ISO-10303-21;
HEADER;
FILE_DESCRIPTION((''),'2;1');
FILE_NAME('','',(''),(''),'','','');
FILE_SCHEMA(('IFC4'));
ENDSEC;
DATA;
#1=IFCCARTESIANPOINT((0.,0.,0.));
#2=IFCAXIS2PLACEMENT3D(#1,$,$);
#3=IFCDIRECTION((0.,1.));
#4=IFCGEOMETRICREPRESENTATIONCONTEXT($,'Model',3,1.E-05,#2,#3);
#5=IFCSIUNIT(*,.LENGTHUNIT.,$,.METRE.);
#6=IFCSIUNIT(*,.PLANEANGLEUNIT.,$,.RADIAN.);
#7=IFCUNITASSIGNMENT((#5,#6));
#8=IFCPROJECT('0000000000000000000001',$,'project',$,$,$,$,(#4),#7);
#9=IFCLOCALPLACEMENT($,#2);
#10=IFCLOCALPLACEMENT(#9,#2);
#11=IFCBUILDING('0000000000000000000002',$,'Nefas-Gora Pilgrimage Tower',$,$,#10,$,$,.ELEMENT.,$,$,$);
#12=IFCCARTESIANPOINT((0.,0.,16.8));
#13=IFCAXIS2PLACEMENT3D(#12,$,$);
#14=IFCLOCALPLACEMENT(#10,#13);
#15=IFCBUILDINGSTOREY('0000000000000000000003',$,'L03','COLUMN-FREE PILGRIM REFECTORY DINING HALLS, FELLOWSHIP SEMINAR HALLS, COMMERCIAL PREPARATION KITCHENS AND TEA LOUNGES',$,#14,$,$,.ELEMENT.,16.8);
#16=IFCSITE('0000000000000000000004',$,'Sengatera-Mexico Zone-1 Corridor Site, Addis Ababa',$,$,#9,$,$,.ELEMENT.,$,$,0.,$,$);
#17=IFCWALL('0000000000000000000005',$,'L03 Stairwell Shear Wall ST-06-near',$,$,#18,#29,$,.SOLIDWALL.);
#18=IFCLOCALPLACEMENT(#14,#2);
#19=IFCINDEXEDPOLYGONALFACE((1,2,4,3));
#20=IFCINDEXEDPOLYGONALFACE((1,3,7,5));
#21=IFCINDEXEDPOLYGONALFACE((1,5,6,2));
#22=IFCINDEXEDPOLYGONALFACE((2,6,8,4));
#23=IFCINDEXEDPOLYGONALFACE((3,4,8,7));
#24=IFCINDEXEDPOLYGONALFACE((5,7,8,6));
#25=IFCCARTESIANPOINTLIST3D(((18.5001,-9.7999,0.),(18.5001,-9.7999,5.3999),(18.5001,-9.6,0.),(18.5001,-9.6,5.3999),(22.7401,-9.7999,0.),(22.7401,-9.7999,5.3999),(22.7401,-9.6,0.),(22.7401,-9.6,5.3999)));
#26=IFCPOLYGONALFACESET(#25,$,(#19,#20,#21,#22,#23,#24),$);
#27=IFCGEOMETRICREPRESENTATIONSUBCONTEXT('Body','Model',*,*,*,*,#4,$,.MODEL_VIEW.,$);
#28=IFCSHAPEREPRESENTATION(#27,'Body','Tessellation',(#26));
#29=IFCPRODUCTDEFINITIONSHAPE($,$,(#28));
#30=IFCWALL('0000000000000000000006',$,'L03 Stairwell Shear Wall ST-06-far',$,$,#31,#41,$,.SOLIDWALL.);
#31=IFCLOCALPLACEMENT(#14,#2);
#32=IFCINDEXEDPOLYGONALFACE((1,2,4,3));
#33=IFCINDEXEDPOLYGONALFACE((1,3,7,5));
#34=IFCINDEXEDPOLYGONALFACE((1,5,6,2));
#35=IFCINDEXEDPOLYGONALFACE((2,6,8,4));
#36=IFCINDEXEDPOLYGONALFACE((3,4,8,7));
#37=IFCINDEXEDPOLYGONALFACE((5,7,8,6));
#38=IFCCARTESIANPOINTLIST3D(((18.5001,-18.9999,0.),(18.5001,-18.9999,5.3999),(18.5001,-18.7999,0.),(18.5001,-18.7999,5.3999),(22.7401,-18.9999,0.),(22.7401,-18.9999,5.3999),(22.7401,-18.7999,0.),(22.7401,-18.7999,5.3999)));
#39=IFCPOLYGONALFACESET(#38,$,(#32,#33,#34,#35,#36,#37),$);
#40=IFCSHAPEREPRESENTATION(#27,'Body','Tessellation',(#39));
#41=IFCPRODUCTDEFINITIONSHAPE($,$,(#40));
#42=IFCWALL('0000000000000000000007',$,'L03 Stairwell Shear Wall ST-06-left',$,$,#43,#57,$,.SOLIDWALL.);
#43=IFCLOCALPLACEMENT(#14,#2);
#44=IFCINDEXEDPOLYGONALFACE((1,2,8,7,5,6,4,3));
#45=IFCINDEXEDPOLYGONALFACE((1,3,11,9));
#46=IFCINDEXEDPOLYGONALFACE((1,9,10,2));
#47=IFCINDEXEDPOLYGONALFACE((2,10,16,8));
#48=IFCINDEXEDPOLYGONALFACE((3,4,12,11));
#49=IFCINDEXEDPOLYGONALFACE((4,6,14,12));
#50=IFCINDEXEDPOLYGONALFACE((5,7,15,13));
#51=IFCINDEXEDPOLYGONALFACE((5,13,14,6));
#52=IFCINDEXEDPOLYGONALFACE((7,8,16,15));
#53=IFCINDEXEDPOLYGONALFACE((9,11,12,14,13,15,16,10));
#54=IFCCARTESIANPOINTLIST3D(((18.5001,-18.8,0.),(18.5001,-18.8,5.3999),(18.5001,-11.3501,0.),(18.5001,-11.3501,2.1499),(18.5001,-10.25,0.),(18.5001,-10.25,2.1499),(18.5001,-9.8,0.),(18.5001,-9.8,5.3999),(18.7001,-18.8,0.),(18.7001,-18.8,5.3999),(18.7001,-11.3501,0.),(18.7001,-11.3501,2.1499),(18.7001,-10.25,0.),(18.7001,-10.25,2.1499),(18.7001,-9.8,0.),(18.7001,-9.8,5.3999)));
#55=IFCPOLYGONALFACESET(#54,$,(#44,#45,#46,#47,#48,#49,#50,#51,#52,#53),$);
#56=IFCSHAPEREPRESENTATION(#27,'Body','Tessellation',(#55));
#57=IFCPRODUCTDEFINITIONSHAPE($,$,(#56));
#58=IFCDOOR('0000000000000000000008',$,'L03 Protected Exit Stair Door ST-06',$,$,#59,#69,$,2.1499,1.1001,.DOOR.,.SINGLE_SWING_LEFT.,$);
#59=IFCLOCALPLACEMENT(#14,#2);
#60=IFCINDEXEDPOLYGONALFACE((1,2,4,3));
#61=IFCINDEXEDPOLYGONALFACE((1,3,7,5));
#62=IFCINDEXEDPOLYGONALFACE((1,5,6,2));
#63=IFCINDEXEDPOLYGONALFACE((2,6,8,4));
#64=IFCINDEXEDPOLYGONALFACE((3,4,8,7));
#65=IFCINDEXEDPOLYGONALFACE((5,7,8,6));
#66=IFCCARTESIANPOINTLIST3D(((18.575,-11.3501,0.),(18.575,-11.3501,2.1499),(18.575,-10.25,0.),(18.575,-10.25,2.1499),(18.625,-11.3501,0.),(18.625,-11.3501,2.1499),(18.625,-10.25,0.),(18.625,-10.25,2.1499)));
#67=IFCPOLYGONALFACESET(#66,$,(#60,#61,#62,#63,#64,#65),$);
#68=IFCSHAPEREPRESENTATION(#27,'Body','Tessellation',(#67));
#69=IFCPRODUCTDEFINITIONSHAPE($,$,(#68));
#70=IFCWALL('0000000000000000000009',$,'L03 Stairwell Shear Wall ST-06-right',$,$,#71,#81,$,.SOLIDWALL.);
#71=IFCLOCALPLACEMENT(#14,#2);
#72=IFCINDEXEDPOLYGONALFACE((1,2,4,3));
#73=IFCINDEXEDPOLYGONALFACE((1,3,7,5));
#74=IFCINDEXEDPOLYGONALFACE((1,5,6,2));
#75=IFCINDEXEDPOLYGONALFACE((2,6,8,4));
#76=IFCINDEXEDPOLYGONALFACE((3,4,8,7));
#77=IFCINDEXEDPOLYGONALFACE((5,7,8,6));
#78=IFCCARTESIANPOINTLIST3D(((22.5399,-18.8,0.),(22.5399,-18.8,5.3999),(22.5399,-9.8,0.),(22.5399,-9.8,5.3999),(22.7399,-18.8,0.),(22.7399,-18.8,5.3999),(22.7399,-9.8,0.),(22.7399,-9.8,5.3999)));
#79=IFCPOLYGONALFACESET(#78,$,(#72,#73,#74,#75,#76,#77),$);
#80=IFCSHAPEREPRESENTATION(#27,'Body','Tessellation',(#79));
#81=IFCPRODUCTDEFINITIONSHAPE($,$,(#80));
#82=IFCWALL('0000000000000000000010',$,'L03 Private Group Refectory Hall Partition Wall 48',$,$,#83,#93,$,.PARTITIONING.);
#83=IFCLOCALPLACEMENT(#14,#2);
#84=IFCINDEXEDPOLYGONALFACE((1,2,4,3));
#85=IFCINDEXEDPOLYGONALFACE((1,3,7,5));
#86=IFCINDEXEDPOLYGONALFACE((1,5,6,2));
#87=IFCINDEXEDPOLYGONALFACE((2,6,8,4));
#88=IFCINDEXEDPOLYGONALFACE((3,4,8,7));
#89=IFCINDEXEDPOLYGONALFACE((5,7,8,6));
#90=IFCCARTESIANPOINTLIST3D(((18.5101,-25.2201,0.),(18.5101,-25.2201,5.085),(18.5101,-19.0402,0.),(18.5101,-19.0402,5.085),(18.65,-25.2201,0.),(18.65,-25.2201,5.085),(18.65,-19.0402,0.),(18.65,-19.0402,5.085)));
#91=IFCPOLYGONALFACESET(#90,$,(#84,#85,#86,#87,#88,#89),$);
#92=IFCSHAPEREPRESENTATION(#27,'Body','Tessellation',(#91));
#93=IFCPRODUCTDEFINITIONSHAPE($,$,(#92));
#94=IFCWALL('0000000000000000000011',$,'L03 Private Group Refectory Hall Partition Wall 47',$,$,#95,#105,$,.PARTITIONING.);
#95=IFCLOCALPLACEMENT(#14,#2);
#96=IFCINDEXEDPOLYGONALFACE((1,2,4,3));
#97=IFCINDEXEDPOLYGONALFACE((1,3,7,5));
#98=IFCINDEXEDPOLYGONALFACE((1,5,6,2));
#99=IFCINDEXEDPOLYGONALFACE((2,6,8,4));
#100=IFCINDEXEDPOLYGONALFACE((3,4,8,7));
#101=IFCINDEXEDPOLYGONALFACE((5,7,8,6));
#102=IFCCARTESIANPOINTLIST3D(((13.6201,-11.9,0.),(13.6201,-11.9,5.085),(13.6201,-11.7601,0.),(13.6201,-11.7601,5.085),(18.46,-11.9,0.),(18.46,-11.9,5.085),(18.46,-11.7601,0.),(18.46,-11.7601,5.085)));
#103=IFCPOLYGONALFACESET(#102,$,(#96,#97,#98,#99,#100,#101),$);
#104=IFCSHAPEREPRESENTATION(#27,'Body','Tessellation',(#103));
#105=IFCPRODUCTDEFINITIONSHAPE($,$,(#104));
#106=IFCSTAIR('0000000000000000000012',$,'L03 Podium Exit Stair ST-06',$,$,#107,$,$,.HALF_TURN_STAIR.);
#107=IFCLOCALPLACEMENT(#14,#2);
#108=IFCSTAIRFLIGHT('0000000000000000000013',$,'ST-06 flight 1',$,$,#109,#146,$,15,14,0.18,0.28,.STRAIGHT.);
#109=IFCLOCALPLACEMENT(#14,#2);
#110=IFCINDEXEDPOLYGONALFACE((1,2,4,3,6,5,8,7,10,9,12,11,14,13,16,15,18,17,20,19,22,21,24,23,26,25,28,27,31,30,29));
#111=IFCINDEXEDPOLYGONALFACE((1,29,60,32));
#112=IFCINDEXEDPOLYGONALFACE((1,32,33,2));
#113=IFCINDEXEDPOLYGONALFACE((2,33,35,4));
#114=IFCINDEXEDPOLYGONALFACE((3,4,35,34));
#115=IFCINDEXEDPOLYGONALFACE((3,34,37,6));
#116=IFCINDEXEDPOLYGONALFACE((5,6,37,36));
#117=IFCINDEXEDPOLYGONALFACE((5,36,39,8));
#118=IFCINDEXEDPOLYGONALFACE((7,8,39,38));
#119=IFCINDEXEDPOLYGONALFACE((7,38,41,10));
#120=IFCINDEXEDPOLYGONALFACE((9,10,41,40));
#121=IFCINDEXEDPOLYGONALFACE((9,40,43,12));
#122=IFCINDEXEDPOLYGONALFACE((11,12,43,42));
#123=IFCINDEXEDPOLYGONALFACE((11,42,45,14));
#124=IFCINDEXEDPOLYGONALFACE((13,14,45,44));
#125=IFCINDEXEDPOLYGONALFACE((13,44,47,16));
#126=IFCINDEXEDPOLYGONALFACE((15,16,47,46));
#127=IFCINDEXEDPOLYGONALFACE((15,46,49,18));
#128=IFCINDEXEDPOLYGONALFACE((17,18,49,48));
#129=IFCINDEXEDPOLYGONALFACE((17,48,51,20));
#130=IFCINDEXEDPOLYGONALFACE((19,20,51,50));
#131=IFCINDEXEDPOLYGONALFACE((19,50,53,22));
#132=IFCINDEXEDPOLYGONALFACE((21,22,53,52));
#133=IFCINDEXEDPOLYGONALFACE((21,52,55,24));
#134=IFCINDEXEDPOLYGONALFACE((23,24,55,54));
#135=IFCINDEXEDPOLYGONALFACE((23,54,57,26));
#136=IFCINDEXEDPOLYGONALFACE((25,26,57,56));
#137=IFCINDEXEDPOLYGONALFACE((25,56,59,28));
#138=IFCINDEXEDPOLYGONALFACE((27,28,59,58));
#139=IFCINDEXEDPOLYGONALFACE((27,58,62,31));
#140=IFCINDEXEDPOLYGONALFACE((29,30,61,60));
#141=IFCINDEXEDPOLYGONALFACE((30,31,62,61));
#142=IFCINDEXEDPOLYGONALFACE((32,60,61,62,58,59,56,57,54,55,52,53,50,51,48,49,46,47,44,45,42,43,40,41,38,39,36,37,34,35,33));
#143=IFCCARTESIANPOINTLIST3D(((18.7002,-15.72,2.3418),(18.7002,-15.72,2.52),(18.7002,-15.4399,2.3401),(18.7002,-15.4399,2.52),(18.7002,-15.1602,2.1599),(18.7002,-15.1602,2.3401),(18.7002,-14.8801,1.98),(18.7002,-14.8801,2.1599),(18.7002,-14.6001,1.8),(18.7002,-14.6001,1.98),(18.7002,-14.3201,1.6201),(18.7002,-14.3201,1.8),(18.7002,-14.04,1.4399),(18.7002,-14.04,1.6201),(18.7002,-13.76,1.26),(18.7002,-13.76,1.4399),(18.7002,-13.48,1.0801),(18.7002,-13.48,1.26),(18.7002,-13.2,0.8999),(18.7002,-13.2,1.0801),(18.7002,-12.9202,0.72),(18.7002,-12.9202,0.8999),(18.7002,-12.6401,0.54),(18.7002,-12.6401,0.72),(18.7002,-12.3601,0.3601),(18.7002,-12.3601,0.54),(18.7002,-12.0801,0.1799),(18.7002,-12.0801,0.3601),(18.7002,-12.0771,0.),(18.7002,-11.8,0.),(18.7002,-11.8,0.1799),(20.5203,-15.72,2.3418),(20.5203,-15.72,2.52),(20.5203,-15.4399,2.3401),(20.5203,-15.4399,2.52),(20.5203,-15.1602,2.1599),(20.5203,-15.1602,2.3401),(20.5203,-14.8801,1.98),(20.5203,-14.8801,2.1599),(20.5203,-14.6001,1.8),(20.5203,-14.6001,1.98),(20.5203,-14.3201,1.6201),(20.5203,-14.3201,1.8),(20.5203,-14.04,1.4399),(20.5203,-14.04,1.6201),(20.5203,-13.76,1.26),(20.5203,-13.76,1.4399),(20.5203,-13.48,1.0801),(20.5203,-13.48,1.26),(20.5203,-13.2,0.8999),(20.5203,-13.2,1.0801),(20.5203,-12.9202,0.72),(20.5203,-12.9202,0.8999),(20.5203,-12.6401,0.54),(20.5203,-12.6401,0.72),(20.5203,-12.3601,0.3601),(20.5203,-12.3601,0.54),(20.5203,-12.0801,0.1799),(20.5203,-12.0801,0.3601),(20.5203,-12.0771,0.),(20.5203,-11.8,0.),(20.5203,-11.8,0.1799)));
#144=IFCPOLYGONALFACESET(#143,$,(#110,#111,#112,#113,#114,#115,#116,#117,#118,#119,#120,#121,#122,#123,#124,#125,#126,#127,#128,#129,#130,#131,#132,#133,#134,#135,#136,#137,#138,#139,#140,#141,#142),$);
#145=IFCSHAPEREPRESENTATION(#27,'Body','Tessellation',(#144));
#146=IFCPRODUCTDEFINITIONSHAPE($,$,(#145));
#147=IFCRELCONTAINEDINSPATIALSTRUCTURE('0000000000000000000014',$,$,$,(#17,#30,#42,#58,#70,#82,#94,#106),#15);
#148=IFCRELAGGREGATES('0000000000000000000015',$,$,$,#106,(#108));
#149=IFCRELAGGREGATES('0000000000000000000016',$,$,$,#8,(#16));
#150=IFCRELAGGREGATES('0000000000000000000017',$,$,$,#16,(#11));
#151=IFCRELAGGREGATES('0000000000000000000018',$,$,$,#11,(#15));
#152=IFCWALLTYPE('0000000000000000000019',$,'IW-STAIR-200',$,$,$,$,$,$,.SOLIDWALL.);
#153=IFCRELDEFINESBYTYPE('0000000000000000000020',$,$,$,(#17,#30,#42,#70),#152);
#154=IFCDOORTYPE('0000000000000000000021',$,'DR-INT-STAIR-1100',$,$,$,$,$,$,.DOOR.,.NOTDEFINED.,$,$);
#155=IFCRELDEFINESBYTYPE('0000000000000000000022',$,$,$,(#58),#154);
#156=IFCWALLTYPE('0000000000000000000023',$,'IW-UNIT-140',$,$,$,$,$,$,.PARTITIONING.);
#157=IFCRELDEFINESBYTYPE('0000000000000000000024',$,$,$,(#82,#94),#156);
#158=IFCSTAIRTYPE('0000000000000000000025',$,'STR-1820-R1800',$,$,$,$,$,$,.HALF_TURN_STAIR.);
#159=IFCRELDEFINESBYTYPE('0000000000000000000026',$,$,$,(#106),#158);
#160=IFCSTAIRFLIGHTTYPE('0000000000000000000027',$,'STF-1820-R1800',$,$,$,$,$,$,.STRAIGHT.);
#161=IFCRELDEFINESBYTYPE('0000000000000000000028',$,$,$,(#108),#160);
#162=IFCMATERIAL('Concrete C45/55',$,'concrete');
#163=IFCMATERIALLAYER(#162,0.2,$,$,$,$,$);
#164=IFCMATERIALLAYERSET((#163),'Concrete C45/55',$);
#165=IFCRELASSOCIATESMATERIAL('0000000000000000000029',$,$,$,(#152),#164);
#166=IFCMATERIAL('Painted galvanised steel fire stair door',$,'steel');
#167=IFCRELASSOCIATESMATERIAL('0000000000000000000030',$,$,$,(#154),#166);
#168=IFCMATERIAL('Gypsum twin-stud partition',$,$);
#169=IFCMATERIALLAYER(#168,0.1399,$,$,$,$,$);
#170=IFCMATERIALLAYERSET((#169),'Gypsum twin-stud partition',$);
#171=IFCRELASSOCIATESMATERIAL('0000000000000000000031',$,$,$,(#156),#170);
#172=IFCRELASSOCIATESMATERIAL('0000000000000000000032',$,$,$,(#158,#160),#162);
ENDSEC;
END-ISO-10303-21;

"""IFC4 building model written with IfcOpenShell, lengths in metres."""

from ifc_helpers import new_model, si_unit, direction, frame, frame_2d, origin, place, context, subcontext, project, spatial, polyline, rectangle, outline, extrude, source, transform, mapped, material, layer, layer_set, type_object, element, fill, aggregate, save


model = new_model("IFC4")

# Units and contexts
model_context = context("Model", 3, precision=1e-05, world=origin(), true_north=direction((0.0, 1.0)))
body_context = subcontext(model_context, "Body", "Model", "MODEL_VIEW")
ifc_project = project(units=[si_unit("LENGTHUNIT", "METRE"), si_unit("PLANEANGLEUNIT", "RADIAN")], contexts=[model_context])

# Site, building, storey
site_placement = place(None, origin())
site = spatial("IfcSite", under=ifc_project, at=site_placement, Name="Sengatera-Mexico Zone-1 Corridor Site, Addis Ababa", CompositionType="ELEMENT", RefElevation=0.0)
building_placement = place(site_placement, origin())
building = spatial("IfcBuilding", under=site, at=building_placement, Name="Nefas-Gora Pilgrimage Tower", CompositionType="ELEMENT")
storey_placement = place(building_placement, frame((0.0, 0.0, 16.8)))
storey = spatial("IfcBuildingStorey", under=building, at=storey_placement, Name="L03", Description="COLUMN-FREE PILGRIM REFECTORY DINING HALLS, FELLOWSHIP SEMINAR HALLS, COMMERCIAL PREPARATION KITCHENS AND TEA LOUNGES", CompositionType="ELEMENT", Elevation=16.8)

# Walls
ifc_material_1 = material(Name="Concrete C45/55", Category="concrete")
ifc_layer_1 = layer(ifc_material_1, 0.2)
ifc_layer_set_1 = layer_set([ifc_layer_1], Name="Concrete C45/55")
wall_type_1 = type_object("IfcWallType", Name="IW-STAIR-200", PredefinedType="SOLIDWALL", material=ifc_layer_set_1)
shared_shape_1 = source(origin(), body_context, "Body", "SweptSolid", [
    extrude(rectangle(XDim=4.24, YDim=0.2, at=frame_2d((2.1201, 0.0))), origin(), (0.0, 0.0, 1.0), 5.3999),
])
for number, where, z_axis, x_axis, name in (
    (1, (18.5, -9.7, 0.0), (0.0, 0.0, 1.0), (1.0, 0.0, 0.0), "L03 Stairwell Shear Wall ST-06-near"),
    (2, (18.5, -18.8999, 0.0), (0.0, 0.0, 1.0), (1.0, 0.0, 0.0), "L03 Stairwell Shear Wall ST-06-far"),
):
    element("IfcWall", number, at=place(storey_placement, frame(where, z_axis=z_axis, x_axis=x_axis)), inside=storey, type_object=wall_type_1, Name=name, PredefinedType="SOLIDWALL", context=body_context, shape_type="MappedRepresentation", body=[
        mapped(shared_shape_1, transform((0.0, 0.0, 0.0), x_axis=(1.0, 0.0, 0.0), y_axis=(0.0, 1.0, 0.0), z_axis=(0.0, 0.0, 1.0), scale=1.0)),
    ])

# Wall, opening, door
shared_shape_2 = source(origin(), body_context, "Body", "SweptSolid", [
    extrude(rectangle(XDim=9.0, YDim=0.2, at=frame_2d((4.5, 0.0))), origin(), (0.0, 0.0, 1.0), 5.3999),
])
wall_1_placement = place(storey_placement, frame((18.6001, -9.8, 0.0), z_axis=(0.0, 0.0, 1.0), x_axis=(0.0, -1.0, 0.0)))
wall_1 = element("IfcWall", 3, at=wall_1_placement, inside=storey, type_object=wall_type_1, Name="L03 Stairwell Shear Wall ST-06-left", PredefinedType="SOLIDWALL", context=body_context, shape_type="MappedRepresentation", body=[
    mapped(shared_shape_2, transform((0.0, 0.0, 0.0), x_axis=(1.0, 0.0, 0.0), y_axis=(0.0, 1.0, 0.0), z_axis=(0.0, 0.0, 1.0), scale=1.0)),
])
opening_1_placement = place(wall_1_placement, frame((0.45, 0.0, 0.0)))
opening_1 = element("IfcOpeningElement", 4, at=opening_1_placement, cuts=wall_1, PredefinedType="OPENING", context=body_context, shape_type="SweptSolid", body=[
    extrude(rectangle(XDim=1.1001, YDim=2.1499, at=frame_2d((0.55, 1.075))), frame((0.0, 0.1099, 0.0), z_axis=(0.0, -1.0, 0.0), x_axis=(1.0, 0.0, 0.0)), (0.0, 0.0, 1.0), 0.22),
])
ifc_material_2 = material(Name="Painted galvanised steel fire stair door", Category="steel")
door_type_1 = type_object("IfcDoorType", Name="DR-INT-STAIR-1100", OperationType="NOTDEFINED", PredefinedType="DOOR", material=ifc_material_2)
shared_shape_3 = source(origin(), body_context, "Body", "SweptSolid", [
    extrude(rectangle(XDim=1.1001, YDim=2.1499, at=frame_2d((0.55, 1.075))), frame((0.0, 0.0249, 0.0), z_axis=(0.0, -1.0, 0.0), x_axis=(1.0, 0.0, 0.0)), (0.0, 0.0, 1.0), 0.05),
])
door_1_placement = place(opening_1_placement, origin())
door_1 = element("IfcDoor", 5, at=door_1_placement, inside=storey, type_object=door_type_1, Name="L03 Protected Exit Stair Door ST-06", OperationType="SINGLE_SWING_LEFT", OverallHeight=2.1499, OverallWidth=1.1001, PredefinedType="DOOR", context=body_context, shape_type="MappedRepresentation", body=[
    mapped(shared_shape_3, transform((0.0, 0.0, 0.0), x_axis=(1.0, 0.0, 0.0), y_axis=(0.0, 1.0, 0.0), z_axis=(0.0, 0.0, 1.0), scale=1.0)),
])
fill(opening_1, door_1)

# Walls
wall_2_placement = place(storey_placement, frame((22.6399, -9.8, 0.0), z_axis=(0.0, 0.0, 1.0), x_axis=(0.0, -1.0, 0.0)))
element("IfcWall", 6, at=wall_2_placement, inside=storey, type_object=wall_type_1, Name="L03 Stairwell Shear Wall ST-06-right", PredefinedType="SOLIDWALL", context=body_context, shape_type="MappedRepresentation", body=[
    mapped(shared_shape_2, transform((0.0, 0.0, 0.0), x_axis=(1.0, 0.0, 0.0), y_axis=(0.0, 1.0, 0.0), z_axis=(0.0, 0.0, 1.0), scale=1.0)),
])
ifc_material_3 = material(Name="Gypsum twin-stud partition")
ifc_layer_2 = layer(ifc_material_3, 0.1399)
ifc_layer_set_2 = layer_set([ifc_layer_2], Name="Gypsum twin-stud partition")
wall_type_2 = type_object("IfcWallType", Name="IW-UNIT-140", PredefinedType="PARTITIONING", material=ifc_layer_set_2)
shared_shape_4 = source(origin(), body_context, "Body", "SweptSolid", [
    extrude(rectangle(XDim=6.1799, YDim=0.1399, at=frame_2d((3.0898, 0.0))), origin(), (0.0, 0.0, 1.0), 5.085),
])
wall_3_placement = place(storey_placement, frame((18.5801, -25.22, 0.0), z_axis=(0.0, 0.0, 1.0), x_axis=(0.0, 1.0, 0.0)))
element("IfcWall", 7, at=wall_3_placement, inside=storey, type_object=wall_type_2, Name="L03 Private Group Refectory Hall Partition Wall 48", PredefinedType="PARTITIONING", context=body_context, shape_type="MappedRepresentation", body=[
    mapped(shared_shape_4, transform((0.0, 0.0, 0.0), x_axis=(1.0, 0.0, 0.0), y_axis=(0.0, 1.0, 0.0), z_axis=(0.0, 0.0, 1.0), scale=1.0)),
])

# Wall
shared_shape_5 = source(origin(), body_context, "Body", "SweptSolid", [
    extrude(rectangle(XDim=4.8398, YDim=0.1399, at=frame_2d((2.4199, 0.0))), origin(), (0.0, 0.0, 1.0), 5.085),
])
wall_4_placement = place(storey_placement, frame((13.6201, -11.8301, 0.0), z_axis=(0.0, 0.0, 1.0), x_axis=(1.0, 0.0, 0.0)))
element("IfcWall", 8, at=wall_4_placement, inside=storey, type_object=wall_type_2, Name="L03 Private Group Refectory Hall Partition Wall 47", PredefinedType="PARTITIONING", context=body_context, shape_type="MappedRepresentation", body=[
    mapped(shared_shape_5, transform((0.0, 0.0, 0.0), x_axis=(1.0, 0.0, 0.0), y_axis=(0.0, 1.0, 0.0), z_axis=(0.0, 0.0, 1.0), scale=1.0)),
])

# Stair, stair flight
stair_type = type_object("IfcStairType", Name="STR-1820-R1800", PredefinedType="HALF_TURN_STAIR", material=ifc_material_1)
stair_placement = place(storey_placement, origin())
stair = element("IfcStair", 9, at=stair_placement, inside=storey, type_object=stair_type, Name="L03 Podium Exit Stair ST-06", PredefinedType="HALF_TURN_STAIR")
stair_flight_type = type_object("IfcStairFlightType", Name="STF-1820-R1800", PredefinedType="STRAIGHT", material=ifc_material_1)
shared_shape_6 = source(origin(), body_context, "Body", "SweptSolid", [
    extrude(outline(polyline([(0.0, 0.0), (0.0, 0.1799), (0.28, 0.1799), (0.28, 0.3601), (0.5601, 0.3601), (0.5601, 0.54), (0.8401, 0.54), (0.8401, 0.72), (1.1201, 0.72), (1.1201, 0.8999), (1.3999, 0.8999), (1.3999, 1.0801), (1.6799, 1.0801), (1.6799, 1.26), (1.96, 1.26), (1.96, 1.4399), (2.24, 1.4399), (2.24, 1.6201), (2.52, 1.6201), (2.52, 1.8), (2.8, 1.8), (2.8, 1.98), (3.0801, 1.98), (3.0801, 2.1599), (3.3601, 2.1599), (3.3601, 2.3401), (3.6399, 2.3401), (3.6399, 2.52), (3.9199, 2.52), (3.9199, 2.7), (3.9199, 2.3418), (0.2771, 0.0), (0.0, 0.0)])), frame((0.0, 0.9102, 0.0), z_axis=(0.0, -1.0, 0.0), x_axis=(1.0, 0.0, 0.0)), (0.0, 0.0, 1.0), 1.8201),
])
stair_flight_1_placement = place(storey_placement, frame((19.6101, -11.8, 0.0), z_axis=(0.0, 0.0, 1.0), x_axis=(0.0, -1.0, 0.0)))
stair_flight_1 = element("IfcStairFlight", 10, at=stair_flight_1_placement, type_object=stair_flight_type, Name="ST-06 flight 1", NumberOfRisers=15, NumberOfTreads=14, PredefinedType="STRAIGHT", RiserHeight=0.18, TreadLength=0.28, context=body_context, shape_type="MappedRepresentation", body=[
    mapped(shared_shape_6, transform((0.0, 0.0, 0.0), x_axis=(1.0, 0.0, 0.0), y_axis=(0.0, 1.0, 0.0), z_axis=(0.0, 0.0, 1.0), scale=1.0)),
])
aggregate(stair, [stair_flight_1])

save(model, "model.ifc")
